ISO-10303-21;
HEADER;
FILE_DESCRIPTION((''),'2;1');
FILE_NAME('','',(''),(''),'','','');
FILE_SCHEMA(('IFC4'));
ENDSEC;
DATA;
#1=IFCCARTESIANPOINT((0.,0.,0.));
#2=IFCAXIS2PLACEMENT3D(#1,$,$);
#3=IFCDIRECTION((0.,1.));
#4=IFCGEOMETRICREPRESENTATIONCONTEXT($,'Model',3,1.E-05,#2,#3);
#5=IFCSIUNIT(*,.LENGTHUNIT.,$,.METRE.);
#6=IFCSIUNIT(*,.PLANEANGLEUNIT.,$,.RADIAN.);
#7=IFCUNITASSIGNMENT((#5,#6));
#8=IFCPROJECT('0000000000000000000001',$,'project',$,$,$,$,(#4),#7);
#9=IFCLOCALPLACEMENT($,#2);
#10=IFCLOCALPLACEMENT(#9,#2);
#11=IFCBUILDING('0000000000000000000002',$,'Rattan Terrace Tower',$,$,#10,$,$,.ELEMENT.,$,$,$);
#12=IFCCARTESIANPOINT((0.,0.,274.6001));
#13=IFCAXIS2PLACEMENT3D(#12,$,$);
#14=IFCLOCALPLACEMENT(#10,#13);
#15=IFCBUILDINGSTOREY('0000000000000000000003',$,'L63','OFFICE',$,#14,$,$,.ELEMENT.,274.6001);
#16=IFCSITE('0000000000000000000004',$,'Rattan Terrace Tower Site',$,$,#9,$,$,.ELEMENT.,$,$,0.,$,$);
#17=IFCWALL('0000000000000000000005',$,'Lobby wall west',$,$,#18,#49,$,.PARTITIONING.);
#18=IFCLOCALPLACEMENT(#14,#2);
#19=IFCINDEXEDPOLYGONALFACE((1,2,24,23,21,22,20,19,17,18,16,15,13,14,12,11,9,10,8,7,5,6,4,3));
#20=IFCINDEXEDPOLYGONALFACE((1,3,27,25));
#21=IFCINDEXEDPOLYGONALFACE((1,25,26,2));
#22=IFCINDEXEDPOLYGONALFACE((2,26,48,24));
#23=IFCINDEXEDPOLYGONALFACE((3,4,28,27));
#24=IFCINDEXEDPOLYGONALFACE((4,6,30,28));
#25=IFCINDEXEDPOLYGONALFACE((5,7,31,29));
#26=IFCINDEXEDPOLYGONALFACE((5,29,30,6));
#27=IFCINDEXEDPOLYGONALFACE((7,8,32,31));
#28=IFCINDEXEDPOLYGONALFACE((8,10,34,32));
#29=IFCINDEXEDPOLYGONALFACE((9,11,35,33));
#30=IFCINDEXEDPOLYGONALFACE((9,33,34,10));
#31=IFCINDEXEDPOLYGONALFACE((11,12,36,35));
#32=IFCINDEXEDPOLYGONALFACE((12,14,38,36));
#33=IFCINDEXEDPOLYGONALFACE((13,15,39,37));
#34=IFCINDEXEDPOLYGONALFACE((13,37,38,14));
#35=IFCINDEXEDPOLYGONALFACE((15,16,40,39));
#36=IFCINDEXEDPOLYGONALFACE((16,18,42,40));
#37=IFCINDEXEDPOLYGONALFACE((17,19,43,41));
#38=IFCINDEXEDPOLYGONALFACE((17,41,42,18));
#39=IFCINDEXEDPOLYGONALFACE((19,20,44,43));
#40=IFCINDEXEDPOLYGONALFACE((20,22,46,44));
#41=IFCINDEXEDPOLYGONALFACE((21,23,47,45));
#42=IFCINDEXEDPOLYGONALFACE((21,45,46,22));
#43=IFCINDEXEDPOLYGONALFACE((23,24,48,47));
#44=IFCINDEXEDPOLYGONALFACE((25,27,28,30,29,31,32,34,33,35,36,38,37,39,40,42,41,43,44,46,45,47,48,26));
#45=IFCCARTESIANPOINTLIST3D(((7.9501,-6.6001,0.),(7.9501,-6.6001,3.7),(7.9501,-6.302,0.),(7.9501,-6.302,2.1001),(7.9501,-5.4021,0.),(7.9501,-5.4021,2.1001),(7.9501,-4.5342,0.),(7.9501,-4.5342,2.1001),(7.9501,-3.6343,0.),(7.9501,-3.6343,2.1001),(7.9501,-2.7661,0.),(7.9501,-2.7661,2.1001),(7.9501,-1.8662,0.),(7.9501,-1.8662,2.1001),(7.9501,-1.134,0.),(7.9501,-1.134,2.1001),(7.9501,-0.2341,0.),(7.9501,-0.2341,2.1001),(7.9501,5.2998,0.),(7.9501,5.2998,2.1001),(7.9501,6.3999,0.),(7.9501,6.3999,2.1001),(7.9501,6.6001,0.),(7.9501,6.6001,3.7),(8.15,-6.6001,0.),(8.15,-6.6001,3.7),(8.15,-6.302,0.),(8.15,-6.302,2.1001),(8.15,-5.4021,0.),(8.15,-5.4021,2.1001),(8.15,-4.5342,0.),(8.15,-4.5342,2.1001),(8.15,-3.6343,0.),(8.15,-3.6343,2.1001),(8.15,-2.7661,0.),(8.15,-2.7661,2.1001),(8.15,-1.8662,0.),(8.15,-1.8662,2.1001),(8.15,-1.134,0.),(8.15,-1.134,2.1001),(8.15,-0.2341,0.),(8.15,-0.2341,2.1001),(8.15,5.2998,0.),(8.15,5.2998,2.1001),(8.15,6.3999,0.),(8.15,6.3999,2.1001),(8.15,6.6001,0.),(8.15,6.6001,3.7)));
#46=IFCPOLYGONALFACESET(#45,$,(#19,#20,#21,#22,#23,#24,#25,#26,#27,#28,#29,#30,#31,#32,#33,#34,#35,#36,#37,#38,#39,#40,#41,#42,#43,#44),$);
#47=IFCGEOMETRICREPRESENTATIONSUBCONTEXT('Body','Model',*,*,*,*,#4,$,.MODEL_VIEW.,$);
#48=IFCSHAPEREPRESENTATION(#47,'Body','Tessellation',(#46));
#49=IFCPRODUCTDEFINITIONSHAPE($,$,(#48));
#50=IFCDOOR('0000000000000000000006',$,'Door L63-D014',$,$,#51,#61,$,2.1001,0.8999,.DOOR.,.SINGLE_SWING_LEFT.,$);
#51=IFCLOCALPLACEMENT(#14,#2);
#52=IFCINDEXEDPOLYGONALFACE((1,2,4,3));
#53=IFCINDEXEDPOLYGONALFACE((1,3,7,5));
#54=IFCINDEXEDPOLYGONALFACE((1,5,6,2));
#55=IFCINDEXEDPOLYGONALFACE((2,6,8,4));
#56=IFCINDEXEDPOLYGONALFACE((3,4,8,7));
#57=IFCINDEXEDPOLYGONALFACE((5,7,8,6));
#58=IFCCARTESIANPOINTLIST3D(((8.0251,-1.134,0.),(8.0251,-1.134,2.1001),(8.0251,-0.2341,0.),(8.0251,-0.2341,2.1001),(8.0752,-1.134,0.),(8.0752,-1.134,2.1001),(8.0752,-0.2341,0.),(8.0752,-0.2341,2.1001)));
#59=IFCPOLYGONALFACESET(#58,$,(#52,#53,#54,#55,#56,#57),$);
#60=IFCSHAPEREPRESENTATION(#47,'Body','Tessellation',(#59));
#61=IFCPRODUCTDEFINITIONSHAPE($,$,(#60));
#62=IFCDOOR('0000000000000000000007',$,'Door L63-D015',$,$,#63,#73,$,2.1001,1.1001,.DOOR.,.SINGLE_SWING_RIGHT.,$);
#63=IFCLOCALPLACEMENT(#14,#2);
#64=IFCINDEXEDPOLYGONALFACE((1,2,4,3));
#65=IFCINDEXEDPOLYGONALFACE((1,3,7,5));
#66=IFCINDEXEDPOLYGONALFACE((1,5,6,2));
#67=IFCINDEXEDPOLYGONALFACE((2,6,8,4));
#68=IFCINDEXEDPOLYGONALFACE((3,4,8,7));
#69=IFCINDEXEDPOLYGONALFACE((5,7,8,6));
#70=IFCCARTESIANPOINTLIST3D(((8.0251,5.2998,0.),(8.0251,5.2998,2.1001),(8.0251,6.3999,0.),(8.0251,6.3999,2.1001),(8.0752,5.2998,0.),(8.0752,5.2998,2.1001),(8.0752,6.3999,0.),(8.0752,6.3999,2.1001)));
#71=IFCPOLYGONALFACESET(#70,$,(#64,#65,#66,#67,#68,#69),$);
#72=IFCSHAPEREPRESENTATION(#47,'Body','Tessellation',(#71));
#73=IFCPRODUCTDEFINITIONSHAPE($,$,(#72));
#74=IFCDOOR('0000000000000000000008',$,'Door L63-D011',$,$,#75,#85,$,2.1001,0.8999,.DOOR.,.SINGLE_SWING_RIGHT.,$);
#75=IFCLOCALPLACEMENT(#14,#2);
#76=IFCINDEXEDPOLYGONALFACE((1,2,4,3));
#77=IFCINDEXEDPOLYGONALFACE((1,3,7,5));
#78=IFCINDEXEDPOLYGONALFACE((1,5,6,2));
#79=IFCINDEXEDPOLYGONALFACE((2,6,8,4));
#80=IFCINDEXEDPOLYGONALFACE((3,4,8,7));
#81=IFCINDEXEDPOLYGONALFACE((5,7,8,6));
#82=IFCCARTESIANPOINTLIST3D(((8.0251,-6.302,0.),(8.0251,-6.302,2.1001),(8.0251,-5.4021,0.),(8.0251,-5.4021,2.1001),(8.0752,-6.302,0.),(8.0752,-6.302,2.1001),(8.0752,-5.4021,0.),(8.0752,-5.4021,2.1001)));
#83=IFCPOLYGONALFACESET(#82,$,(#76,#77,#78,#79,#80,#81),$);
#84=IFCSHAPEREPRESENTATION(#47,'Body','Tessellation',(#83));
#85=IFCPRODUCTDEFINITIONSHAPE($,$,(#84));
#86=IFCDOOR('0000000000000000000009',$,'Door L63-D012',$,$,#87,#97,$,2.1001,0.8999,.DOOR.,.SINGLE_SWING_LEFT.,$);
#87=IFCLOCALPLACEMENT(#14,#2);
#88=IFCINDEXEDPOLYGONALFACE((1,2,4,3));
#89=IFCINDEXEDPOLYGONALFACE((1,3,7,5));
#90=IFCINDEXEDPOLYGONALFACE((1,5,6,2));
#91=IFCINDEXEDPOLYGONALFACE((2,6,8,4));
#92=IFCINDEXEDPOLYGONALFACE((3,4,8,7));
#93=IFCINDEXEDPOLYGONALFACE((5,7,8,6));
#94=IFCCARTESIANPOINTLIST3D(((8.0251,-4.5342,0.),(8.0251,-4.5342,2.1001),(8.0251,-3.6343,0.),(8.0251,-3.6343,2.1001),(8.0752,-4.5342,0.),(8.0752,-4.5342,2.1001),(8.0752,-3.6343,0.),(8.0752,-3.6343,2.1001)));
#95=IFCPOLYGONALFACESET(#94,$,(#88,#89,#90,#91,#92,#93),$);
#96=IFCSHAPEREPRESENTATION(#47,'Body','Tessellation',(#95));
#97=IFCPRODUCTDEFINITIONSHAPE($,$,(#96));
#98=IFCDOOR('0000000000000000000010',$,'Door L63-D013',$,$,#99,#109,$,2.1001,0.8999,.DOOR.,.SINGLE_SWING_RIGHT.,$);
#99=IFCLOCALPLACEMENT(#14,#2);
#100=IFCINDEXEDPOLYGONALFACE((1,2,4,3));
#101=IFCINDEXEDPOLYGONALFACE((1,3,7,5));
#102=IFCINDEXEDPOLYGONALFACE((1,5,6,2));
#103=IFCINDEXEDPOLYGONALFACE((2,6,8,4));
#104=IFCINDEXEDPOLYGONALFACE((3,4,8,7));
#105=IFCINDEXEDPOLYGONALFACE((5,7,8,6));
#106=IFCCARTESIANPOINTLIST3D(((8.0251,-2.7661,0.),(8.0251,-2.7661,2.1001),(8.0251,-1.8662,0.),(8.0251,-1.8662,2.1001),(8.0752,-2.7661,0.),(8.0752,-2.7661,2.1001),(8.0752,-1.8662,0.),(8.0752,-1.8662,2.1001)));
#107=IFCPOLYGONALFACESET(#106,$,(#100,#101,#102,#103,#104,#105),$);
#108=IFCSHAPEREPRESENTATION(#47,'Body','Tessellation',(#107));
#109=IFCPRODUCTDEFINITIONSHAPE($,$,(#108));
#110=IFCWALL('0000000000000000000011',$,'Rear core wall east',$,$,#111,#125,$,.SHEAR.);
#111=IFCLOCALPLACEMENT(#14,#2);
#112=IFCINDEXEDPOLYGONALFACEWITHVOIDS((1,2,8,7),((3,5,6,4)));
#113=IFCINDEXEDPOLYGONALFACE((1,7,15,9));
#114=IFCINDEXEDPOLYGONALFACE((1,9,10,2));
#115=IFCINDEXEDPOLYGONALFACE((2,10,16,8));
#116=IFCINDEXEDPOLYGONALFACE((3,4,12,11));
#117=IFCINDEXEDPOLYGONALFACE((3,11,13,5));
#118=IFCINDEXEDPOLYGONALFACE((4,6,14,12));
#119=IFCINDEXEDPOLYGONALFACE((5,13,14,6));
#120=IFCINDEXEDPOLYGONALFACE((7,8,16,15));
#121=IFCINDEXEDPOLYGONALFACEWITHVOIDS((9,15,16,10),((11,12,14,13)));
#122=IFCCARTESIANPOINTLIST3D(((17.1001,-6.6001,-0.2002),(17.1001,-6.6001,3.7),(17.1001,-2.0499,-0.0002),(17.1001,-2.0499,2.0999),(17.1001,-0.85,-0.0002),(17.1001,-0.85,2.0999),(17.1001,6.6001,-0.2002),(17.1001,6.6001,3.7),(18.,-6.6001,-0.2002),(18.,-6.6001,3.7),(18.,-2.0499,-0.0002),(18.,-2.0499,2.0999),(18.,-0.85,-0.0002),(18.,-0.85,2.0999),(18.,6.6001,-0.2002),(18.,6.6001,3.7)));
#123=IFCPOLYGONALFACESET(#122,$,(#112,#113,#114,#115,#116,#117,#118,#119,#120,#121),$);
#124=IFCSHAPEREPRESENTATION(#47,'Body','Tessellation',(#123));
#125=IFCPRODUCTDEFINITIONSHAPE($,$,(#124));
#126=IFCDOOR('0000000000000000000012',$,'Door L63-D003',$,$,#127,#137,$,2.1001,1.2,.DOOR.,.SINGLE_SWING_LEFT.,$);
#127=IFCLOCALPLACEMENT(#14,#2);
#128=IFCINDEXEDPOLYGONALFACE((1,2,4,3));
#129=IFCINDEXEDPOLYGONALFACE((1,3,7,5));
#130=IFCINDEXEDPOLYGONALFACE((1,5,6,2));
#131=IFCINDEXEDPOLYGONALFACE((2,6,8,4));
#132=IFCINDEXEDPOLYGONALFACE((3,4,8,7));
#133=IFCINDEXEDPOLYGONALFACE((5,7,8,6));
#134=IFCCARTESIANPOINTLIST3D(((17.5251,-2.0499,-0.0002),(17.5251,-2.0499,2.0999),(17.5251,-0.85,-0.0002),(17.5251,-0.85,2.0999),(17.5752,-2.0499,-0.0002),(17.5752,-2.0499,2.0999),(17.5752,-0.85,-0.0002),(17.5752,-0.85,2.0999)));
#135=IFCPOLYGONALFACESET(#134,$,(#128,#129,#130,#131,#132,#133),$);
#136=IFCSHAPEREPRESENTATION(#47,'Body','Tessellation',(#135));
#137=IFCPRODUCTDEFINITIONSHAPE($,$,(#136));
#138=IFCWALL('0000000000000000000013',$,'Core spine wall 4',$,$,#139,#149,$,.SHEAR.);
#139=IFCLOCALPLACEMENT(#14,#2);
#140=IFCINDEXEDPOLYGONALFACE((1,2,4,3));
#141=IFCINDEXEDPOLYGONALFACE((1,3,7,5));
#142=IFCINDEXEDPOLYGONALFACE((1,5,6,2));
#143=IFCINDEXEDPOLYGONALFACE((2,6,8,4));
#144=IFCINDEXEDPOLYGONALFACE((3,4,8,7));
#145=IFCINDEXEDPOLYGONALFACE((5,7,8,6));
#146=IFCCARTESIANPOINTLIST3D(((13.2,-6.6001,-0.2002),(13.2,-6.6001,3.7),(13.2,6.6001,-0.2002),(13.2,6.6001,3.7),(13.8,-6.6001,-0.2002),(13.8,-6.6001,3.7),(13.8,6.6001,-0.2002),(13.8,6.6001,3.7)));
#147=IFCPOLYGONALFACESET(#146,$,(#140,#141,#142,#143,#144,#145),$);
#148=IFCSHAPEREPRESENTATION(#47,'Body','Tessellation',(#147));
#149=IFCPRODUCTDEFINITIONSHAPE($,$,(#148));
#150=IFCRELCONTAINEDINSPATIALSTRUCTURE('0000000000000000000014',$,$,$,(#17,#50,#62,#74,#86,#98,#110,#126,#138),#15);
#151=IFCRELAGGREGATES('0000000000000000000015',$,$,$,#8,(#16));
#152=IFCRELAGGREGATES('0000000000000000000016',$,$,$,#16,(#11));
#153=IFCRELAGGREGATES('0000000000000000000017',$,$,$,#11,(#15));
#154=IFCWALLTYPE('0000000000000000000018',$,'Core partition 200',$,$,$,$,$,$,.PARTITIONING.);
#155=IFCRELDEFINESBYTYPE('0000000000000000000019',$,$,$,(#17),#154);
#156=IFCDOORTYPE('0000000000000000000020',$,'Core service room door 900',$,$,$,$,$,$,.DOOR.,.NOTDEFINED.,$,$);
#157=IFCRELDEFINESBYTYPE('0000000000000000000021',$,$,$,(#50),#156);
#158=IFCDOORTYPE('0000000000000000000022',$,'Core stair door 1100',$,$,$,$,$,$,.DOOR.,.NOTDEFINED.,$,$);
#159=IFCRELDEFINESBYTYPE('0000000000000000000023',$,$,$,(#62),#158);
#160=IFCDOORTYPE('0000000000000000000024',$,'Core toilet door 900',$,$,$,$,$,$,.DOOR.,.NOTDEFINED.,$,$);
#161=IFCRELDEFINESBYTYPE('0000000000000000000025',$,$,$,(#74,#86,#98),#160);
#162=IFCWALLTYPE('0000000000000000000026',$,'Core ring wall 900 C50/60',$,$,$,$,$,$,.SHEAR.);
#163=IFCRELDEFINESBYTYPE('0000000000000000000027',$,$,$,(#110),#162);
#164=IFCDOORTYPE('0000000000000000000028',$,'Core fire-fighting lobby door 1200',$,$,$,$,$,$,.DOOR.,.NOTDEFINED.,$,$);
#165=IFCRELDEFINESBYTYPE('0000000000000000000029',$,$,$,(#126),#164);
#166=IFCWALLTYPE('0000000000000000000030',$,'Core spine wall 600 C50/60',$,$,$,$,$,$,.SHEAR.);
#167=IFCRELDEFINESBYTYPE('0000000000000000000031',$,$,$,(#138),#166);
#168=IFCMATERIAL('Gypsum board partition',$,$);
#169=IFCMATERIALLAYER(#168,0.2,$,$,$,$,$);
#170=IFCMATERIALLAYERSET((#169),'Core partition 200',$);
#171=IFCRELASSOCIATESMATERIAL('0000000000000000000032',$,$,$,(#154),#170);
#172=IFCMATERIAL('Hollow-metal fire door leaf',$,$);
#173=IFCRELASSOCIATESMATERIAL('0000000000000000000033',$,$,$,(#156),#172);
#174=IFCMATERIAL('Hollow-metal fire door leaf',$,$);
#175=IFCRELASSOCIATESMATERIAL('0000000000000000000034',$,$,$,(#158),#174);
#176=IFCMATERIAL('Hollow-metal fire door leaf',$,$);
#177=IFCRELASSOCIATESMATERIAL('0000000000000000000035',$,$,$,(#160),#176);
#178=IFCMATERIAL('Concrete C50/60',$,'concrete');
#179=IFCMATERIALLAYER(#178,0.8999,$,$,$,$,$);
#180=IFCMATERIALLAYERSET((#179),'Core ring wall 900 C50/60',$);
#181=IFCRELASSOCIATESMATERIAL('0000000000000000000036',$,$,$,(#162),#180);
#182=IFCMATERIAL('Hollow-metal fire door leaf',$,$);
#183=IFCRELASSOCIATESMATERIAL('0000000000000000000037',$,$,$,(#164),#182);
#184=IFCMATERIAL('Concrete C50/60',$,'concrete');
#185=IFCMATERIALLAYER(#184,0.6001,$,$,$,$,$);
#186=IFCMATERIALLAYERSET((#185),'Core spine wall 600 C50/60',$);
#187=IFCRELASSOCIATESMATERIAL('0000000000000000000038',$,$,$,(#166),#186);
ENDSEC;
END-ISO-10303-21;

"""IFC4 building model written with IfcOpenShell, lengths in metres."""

from ifc_helpers import new_model, si_unit, direction, frame, frame_2d, origin, place, context, subcontext, project, spatial, rectangle, extrude, material, layer, layer_set, type_object, element, fill, save


model = new_model("IFC4")

# Units and contexts
model_context = context("Model", 3, precision=1e-05, world=origin(), true_north=direction((0.0, 1.0)))
body_context = subcontext(model_context, "Body", "Model", "MODEL_VIEW")
ifc_project = project(units=[si_unit("LENGTHUNIT", "METRE"), si_unit("PLANEANGLEUNIT", "RADIAN")], contexts=[model_context])

# Site, building, storey
site_placement = place(None, origin())
site = spatial("IfcSite", under=ifc_project, at=site_placement, Name="Rattan Terrace Tower Site", CompositionType="ELEMENT", RefElevation=0.0)
building_placement = place(site_placement, origin())
building = spatial("IfcBuilding", under=site, at=building_placement, Name="Rattan Terrace Tower", CompositionType="ELEMENT")
storey_placement = place(building_placement, frame((0.0, 0.0, 274.6001)))
storey = spatial("IfcBuildingStorey", under=building, at=storey_placement, Name="L63", Description="OFFICE", CompositionType="ELEMENT", Elevation=274.6001)

# Shared definitions
ifc_material_1 = material(Name="Gypsum board partition")
ifc_layer_1 = layer(ifc_material_1, 0.2)
ifc_layer_set_1 = layer_set([ifc_layer_1], Name="Core partition 200")
wall_type_1 = type_object("IfcWallType", Name="Core partition 200", PredefinedType="PARTITIONING", material=ifc_layer_set_1)

# Wall, openings, doors
wall_1_placement = place(storey_placement, frame((8.05, -6.6001, 0.0), z_axis=(0.0, 0.0, 1.0), x_axis=(0.0, 1.0, 0.0)))
wall_1 = element("IfcWall", 1, at=wall_1_placement, inside=storey, type_object=wall_type_1, Name="Lobby wall west", PredefinedType="PARTITIONING", context=body_context, shape_type="SweptSolid", body=[
    extrude(rectangle(XDim=13.2002, YDim=0.2, at=frame_2d((6.6001, 0.0))), origin(), (0.0, 0.0, 1.0), 3.7),
])
opening_1_placement = place(wall_1_placement, frame((0.2981, 0.0, 0.0)))
opening_1 = element("IfcOpeningElement", 2, at=opening_1_placement, cuts=wall_1, PredefinedType="OPENING", context=body_context, shape_type="SweptSolid", body=[
    extrude(rectangle(XDim=0.8999, YDim=2.1001, at=frame_2d((0.45, 1.05))), frame((0.0, 0.1106, 0.0), z_axis=(0.0, -1.0, 0.0), x_axis=(1.0, 0.0, 0.0)), (0.0, 0.0, 1.0), 0.2209),
])
opening_2_placement = place(wall_1_placement, frame((2.0659, 0.0, 0.0)))
opening_2 = element("IfcOpeningElement", 3, at=opening_2_placement, cuts=wall_1, PredefinedType="OPENING", context=body_context, shape_type="SweptSolid", body=[
    extrude(rectangle(XDim=0.8999, YDim=2.1001, at=frame_2d((0.45, 1.05))), frame((0.0, 0.1106, 0.0), z_axis=(0.0, -1.0, 0.0), x_axis=(1.0, 0.0, 0.0)), (0.0, 0.0, 1.0), 0.2209),
])
opening_3_placement = place(wall_1_placement, frame((3.834, 0.0, 0.0)))
opening_3 = element("IfcOpeningElement", 4, at=opening_3_placement, cuts=wall_1, PredefinedType="OPENING", context=body_context, shape_type="SweptSolid", body=[
    extrude(rectangle(XDim=0.8999, YDim=2.1001, at=frame_2d((0.45, 1.05))), frame((0.0, 0.1106, 0.0), z_axis=(0.0, -1.0, 0.0), x_axis=(1.0, 0.0, 0.0)), (0.0, 0.0, 1.0), 0.2209),
])
opening_4_placement = place(wall_1_placement, frame((5.4661, 0.0, 0.0)))
opening_4 = element("IfcOpeningElement", 5, at=opening_4_placement, cuts=wall_1, PredefinedType="OPENING", context=body_context, shape_type="SweptSolid", body=[
    extrude(rectangle(XDim=0.8999, YDim=2.1001, at=frame_2d((0.45, 1.05))), frame((0.0, 0.1106, 0.0), z_axis=(0.0, -1.0, 0.0), x_axis=(1.0, 0.0, 0.0)), (0.0, 0.0, 1.0), 0.2209),
])
opening_5_placement = place(wall_1_placement, frame((11.8999, 0.0, 0.0)))
opening_5 = element("IfcOpeningElement", 6, at=opening_5_placement, cuts=wall_1, PredefinedType="OPENING", context=body_context, shape_type="SweptSolid", body=[
    extrude(rectangle(XDim=1.1001, YDim=2.1001, at=frame_2d((0.55, 1.05))), frame((0.0, 0.1106, 0.0), z_axis=(0.0, -1.0, 0.0), x_axis=(1.0, 0.0, 0.0)), (0.0, 0.0, 1.0), 0.2209),
])
ifc_material_2 = material(Name="Hollow-metal fire door leaf")
door_type_1 = type_object("IfcDoorType", Name="Core service room door 900", OperationType="NOTDEFINED", PredefinedType="DOOR", material=ifc_material_2)
door_1_placement = place(opening_4_placement, origin())
door_1 = element("IfcDoor", 7, at=door_1_placement, inside=storey, type_object=door_type_1, Name="Door L63-D014", OperationType="SINGLE_SWING_LEFT", OverallHeight=2.1001, OverallWidth=0.8999, PredefinedType="DOOR", context=body_context, shape_type="SweptSolid", body=[
    extrude(rectangle(XDim=0.8999, YDim=2.1001, at=frame_2d((0.45, 1.05))), frame((0.0, 0.0249, 0.0), z_axis=(0.0, -1.0, 0.0), x_axis=(1.0, 0.0, 0.0)), (0.0, 0.0, 1.0), 0.05),
])
fill(opening_4, door_1)
ifc_material_3 = material(Name="Hollow-metal fire door leaf")
door_type_2 = type_object("IfcDoorType", Name="Core stair door 1100", OperationType="NOTDEFINED", PredefinedType="DOOR", material=ifc_material_3)
door_2_placement = place(opening_5_placement, origin())
door_2 = element("IfcDoor", 8, at=door_2_placement, inside=storey, type_object=door_type_2, Name="Door L63-D015", OperationType="SINGLE_SWING_RIGHT", OverallHeight=2.1001, OverallWidth=1.1001, PredefinedType="DOOR", context=body_context, shape_type="SweptSolid", body=[
    extrude(rectangle(XDim=1.1001, YDim=2.1001, at=frame_2d((0.55, 1.05))), frame((0.0, 0.0249, 0.0), z_axis=(0.0, -1.0, 0.0), x_axis=(1.0, 0.0, 0.0)), (0.0, 0.0, 1.0), 0.05),
])
fill(opening_5, door_2)
ifc_material_4 = material(Name="Hollow-metal fire door leaf")
door_type_3 = type_object("IfcDoorType", Name="Core toilet door 900", OperationType="NOTDEFINED", PredefinedType="DOOR", material=ifc_material_4)
door_3_placement = place(opening_1_placement, origin())
door_3 = element("IfcDoor", 9, at=door_3_placement, inside=storey, type_object=door_type_3, Name="Door L63-D011", OperationType="SINGLE_SWING_RIGHT", OverallHeight=2.1001, OverallWidth=0.8999, PredefinedType="DOOR", context=body_context, shape_type="SweptSolid", body=[
    extrude(rectangle(XDim=0.8999, YDim=2.1001, at=frame_2d((0.45, 1.05))), frame((0.0, 0.0249, 0.0), z_axis=(0.0, -1.0, 0.0), x_axis=(1.0, 0.0, 0.0)), (0.0, 0.0, 1.0), 0.05),
])
fill(opening_1, door_3)
door_4_placement = place(opening_2_placement, origin())
door_4 = element("IfcDoor", 10, at=door_4_placement, inside=storey, type_object=door_type_3, Name="Door L63-D012", OperationType="SINGLE_SWING_LEFT", OverallHeight=2.1001, OverallWidth=0.8999, PredefinedType="DOOR", context=body_context, shape_type="SweptSolid", body=[
    extrude(rectangle(XDim=0.8999, YDim=2.1001, at=frame_2d((0.45, 1.05))), frame((0.0, 0.0249, 0.0), z_axis=(0.0, -1.0, 0.0), x_axis=(1.0, 0.0, 0.0)), (0.0, 0.0, 1.0), 0.05),
])
fill(opening_2, door_4)
door_5_placement = place(opening_3_placement, origin())
door_5 = element("IfcDoor", 11, at=door_5_placement, inside=storey, type_object=door_type_3, Name="Door L63-D013", OperationType="SINGLE_SWING_RIGHT", OverallHeight=2.1001, OverallWidth=0.8999, PredefinedType="DOOR", context=body_context, shape_type="SweptSolid", body=[
    extrude(rectangle(XDim=0.8999, YDim=2.1001, at=frame_2d((0.45, 1.05))), frame((0.0, 0.0249, 0.0), z_axis=(0.0, -1.0, 0.0), x_axis=(1.0, 0.0, 0.0)), (0.0, 0.0, 1.0), 0.05),
])
fill(opening_3, door_5)

# Wall, opening, door
ifc_material_5 = material(Name="Concrete C50/60", Category="concrete")
ifc_layer_2 = layer(ifc_material_5, 0.8999)
ifc_layer_set_2 = layer_set([ifc_layer_2], Name="Core ring wall 900 C50/60")
wall_type_2 = type_object("IfcWallType", Name="Core ring wall 900 C50/60", PredefinedType="SHEAR", material=ifc_layer_set_2)
wall_2_placement = place(storey_placement, frame((17.55, -6.6001, -0.2002), z_axis=(0.0, 0.0, 1.0), x_axis=(0.0, 1.0, 0.0)))
wall_2 = element("IfcWall", 12, at=wall_2_placement, inside=storey, type_object=wall_type_2, Name="Rear core wall east", PredefinedType="SHEAR", context=body_context, shape_type="SweptSolid", body=[
    extrude(rectangle(XDim=13.2002, YDim=0.8999, at=frame_2d((6.6001, 0.0))), origin(), (0.0, 0.0, 1.0), 3.9001),
])
opening_6_placement = place(wall_2_placement, frame((4.55, 0.0, 0.2)))
opening_6 = element("IfcOpeningElement", 13, at=opening_6_placement, cuts=wall_2, PredefinedType="OPENING", context=body_context, shape_type="SweptSolid", body=[
    extrude(rectangle(XDim=1.2, YDim=2.1001, at=frame_2d((0.6001, 1.05))), frame((0.0, 0.4604, 0.0), z_axis=(0.0, -1.0, 0.0), x_axis=(1.0, 0.0, 0.0)), (0.0, 0.0, 1.0), 0.9209),
])
ifc_material_6 = material(Name="Hollow-metal fire door leaf")
door_type_4 = type_object("IfcDoorType", Name="Core fire-fighting lobby door 1200", OperationType="NOTDEFINED", PredefinedType="DOOR", material=ifc_material_6)
door_6_placement = place(opening_6_placement, origin())
door_6 = element("IfcDoor", 14, at=door_6_placement, inside=storey, type_object=door_type_4, Name="Door L63-D003", OperationType="SINGLE_SWING_LEFT", OverallHeight=2.1001, OverallWidth=1.2, PredefinedType="DOOR", context=body_context, shape_type="SweptSolid", body=[
    extrude(rectangle(XDim=1.2, YDim=2.1001, at=frame_2d((0.6001, 1.05))), frame((0.0, 0.0249, 0.0), z_axis=(0.0, -1.0, 0.0), x_axis=(1.0, 0.0, 0.0)), (0.0, 0.0, 1.0), 0.05),
])
fill(opening_6, door_6)

# Wall
ifc_material_7 = material(Name="Concrete C50/60", Category="concrete")
ifc_layer_3 = layer(ifc_material_7, 0.6001)
ifc_layer_set_3 = layer_set([ifc_layer_3], Name="Core spine wall 600 C50/60")
wall_type_3 = type_object("IfcWallType", Name="Core spine wall 600 C50/60", PredefinedType="SHEAR", material=ifc_layer_set_3)
wall_3_placement = place(storey_placement, frame((13.5, -6.6001, -0.2002), z_axis=(0.0, 0.0, 1.0), x_axis=(0.0, 1.0, 0.0)))
element("IfcWall", 15, at=wall_3_placement, inside=storey, type_object=wall_type_3, Name="Core spine wall 4", PredefinedType="SHEAR", context=body_context, shape_type="SweptSolid", body=[
    extrude(rectangle(XDim=13.2002, YDim=0.6001, at=frame_2d((6.6001, 0.0))), origin(), (0.0, 0.0, 1.0), 3.9001),
])

save(model, "model.ifc")
